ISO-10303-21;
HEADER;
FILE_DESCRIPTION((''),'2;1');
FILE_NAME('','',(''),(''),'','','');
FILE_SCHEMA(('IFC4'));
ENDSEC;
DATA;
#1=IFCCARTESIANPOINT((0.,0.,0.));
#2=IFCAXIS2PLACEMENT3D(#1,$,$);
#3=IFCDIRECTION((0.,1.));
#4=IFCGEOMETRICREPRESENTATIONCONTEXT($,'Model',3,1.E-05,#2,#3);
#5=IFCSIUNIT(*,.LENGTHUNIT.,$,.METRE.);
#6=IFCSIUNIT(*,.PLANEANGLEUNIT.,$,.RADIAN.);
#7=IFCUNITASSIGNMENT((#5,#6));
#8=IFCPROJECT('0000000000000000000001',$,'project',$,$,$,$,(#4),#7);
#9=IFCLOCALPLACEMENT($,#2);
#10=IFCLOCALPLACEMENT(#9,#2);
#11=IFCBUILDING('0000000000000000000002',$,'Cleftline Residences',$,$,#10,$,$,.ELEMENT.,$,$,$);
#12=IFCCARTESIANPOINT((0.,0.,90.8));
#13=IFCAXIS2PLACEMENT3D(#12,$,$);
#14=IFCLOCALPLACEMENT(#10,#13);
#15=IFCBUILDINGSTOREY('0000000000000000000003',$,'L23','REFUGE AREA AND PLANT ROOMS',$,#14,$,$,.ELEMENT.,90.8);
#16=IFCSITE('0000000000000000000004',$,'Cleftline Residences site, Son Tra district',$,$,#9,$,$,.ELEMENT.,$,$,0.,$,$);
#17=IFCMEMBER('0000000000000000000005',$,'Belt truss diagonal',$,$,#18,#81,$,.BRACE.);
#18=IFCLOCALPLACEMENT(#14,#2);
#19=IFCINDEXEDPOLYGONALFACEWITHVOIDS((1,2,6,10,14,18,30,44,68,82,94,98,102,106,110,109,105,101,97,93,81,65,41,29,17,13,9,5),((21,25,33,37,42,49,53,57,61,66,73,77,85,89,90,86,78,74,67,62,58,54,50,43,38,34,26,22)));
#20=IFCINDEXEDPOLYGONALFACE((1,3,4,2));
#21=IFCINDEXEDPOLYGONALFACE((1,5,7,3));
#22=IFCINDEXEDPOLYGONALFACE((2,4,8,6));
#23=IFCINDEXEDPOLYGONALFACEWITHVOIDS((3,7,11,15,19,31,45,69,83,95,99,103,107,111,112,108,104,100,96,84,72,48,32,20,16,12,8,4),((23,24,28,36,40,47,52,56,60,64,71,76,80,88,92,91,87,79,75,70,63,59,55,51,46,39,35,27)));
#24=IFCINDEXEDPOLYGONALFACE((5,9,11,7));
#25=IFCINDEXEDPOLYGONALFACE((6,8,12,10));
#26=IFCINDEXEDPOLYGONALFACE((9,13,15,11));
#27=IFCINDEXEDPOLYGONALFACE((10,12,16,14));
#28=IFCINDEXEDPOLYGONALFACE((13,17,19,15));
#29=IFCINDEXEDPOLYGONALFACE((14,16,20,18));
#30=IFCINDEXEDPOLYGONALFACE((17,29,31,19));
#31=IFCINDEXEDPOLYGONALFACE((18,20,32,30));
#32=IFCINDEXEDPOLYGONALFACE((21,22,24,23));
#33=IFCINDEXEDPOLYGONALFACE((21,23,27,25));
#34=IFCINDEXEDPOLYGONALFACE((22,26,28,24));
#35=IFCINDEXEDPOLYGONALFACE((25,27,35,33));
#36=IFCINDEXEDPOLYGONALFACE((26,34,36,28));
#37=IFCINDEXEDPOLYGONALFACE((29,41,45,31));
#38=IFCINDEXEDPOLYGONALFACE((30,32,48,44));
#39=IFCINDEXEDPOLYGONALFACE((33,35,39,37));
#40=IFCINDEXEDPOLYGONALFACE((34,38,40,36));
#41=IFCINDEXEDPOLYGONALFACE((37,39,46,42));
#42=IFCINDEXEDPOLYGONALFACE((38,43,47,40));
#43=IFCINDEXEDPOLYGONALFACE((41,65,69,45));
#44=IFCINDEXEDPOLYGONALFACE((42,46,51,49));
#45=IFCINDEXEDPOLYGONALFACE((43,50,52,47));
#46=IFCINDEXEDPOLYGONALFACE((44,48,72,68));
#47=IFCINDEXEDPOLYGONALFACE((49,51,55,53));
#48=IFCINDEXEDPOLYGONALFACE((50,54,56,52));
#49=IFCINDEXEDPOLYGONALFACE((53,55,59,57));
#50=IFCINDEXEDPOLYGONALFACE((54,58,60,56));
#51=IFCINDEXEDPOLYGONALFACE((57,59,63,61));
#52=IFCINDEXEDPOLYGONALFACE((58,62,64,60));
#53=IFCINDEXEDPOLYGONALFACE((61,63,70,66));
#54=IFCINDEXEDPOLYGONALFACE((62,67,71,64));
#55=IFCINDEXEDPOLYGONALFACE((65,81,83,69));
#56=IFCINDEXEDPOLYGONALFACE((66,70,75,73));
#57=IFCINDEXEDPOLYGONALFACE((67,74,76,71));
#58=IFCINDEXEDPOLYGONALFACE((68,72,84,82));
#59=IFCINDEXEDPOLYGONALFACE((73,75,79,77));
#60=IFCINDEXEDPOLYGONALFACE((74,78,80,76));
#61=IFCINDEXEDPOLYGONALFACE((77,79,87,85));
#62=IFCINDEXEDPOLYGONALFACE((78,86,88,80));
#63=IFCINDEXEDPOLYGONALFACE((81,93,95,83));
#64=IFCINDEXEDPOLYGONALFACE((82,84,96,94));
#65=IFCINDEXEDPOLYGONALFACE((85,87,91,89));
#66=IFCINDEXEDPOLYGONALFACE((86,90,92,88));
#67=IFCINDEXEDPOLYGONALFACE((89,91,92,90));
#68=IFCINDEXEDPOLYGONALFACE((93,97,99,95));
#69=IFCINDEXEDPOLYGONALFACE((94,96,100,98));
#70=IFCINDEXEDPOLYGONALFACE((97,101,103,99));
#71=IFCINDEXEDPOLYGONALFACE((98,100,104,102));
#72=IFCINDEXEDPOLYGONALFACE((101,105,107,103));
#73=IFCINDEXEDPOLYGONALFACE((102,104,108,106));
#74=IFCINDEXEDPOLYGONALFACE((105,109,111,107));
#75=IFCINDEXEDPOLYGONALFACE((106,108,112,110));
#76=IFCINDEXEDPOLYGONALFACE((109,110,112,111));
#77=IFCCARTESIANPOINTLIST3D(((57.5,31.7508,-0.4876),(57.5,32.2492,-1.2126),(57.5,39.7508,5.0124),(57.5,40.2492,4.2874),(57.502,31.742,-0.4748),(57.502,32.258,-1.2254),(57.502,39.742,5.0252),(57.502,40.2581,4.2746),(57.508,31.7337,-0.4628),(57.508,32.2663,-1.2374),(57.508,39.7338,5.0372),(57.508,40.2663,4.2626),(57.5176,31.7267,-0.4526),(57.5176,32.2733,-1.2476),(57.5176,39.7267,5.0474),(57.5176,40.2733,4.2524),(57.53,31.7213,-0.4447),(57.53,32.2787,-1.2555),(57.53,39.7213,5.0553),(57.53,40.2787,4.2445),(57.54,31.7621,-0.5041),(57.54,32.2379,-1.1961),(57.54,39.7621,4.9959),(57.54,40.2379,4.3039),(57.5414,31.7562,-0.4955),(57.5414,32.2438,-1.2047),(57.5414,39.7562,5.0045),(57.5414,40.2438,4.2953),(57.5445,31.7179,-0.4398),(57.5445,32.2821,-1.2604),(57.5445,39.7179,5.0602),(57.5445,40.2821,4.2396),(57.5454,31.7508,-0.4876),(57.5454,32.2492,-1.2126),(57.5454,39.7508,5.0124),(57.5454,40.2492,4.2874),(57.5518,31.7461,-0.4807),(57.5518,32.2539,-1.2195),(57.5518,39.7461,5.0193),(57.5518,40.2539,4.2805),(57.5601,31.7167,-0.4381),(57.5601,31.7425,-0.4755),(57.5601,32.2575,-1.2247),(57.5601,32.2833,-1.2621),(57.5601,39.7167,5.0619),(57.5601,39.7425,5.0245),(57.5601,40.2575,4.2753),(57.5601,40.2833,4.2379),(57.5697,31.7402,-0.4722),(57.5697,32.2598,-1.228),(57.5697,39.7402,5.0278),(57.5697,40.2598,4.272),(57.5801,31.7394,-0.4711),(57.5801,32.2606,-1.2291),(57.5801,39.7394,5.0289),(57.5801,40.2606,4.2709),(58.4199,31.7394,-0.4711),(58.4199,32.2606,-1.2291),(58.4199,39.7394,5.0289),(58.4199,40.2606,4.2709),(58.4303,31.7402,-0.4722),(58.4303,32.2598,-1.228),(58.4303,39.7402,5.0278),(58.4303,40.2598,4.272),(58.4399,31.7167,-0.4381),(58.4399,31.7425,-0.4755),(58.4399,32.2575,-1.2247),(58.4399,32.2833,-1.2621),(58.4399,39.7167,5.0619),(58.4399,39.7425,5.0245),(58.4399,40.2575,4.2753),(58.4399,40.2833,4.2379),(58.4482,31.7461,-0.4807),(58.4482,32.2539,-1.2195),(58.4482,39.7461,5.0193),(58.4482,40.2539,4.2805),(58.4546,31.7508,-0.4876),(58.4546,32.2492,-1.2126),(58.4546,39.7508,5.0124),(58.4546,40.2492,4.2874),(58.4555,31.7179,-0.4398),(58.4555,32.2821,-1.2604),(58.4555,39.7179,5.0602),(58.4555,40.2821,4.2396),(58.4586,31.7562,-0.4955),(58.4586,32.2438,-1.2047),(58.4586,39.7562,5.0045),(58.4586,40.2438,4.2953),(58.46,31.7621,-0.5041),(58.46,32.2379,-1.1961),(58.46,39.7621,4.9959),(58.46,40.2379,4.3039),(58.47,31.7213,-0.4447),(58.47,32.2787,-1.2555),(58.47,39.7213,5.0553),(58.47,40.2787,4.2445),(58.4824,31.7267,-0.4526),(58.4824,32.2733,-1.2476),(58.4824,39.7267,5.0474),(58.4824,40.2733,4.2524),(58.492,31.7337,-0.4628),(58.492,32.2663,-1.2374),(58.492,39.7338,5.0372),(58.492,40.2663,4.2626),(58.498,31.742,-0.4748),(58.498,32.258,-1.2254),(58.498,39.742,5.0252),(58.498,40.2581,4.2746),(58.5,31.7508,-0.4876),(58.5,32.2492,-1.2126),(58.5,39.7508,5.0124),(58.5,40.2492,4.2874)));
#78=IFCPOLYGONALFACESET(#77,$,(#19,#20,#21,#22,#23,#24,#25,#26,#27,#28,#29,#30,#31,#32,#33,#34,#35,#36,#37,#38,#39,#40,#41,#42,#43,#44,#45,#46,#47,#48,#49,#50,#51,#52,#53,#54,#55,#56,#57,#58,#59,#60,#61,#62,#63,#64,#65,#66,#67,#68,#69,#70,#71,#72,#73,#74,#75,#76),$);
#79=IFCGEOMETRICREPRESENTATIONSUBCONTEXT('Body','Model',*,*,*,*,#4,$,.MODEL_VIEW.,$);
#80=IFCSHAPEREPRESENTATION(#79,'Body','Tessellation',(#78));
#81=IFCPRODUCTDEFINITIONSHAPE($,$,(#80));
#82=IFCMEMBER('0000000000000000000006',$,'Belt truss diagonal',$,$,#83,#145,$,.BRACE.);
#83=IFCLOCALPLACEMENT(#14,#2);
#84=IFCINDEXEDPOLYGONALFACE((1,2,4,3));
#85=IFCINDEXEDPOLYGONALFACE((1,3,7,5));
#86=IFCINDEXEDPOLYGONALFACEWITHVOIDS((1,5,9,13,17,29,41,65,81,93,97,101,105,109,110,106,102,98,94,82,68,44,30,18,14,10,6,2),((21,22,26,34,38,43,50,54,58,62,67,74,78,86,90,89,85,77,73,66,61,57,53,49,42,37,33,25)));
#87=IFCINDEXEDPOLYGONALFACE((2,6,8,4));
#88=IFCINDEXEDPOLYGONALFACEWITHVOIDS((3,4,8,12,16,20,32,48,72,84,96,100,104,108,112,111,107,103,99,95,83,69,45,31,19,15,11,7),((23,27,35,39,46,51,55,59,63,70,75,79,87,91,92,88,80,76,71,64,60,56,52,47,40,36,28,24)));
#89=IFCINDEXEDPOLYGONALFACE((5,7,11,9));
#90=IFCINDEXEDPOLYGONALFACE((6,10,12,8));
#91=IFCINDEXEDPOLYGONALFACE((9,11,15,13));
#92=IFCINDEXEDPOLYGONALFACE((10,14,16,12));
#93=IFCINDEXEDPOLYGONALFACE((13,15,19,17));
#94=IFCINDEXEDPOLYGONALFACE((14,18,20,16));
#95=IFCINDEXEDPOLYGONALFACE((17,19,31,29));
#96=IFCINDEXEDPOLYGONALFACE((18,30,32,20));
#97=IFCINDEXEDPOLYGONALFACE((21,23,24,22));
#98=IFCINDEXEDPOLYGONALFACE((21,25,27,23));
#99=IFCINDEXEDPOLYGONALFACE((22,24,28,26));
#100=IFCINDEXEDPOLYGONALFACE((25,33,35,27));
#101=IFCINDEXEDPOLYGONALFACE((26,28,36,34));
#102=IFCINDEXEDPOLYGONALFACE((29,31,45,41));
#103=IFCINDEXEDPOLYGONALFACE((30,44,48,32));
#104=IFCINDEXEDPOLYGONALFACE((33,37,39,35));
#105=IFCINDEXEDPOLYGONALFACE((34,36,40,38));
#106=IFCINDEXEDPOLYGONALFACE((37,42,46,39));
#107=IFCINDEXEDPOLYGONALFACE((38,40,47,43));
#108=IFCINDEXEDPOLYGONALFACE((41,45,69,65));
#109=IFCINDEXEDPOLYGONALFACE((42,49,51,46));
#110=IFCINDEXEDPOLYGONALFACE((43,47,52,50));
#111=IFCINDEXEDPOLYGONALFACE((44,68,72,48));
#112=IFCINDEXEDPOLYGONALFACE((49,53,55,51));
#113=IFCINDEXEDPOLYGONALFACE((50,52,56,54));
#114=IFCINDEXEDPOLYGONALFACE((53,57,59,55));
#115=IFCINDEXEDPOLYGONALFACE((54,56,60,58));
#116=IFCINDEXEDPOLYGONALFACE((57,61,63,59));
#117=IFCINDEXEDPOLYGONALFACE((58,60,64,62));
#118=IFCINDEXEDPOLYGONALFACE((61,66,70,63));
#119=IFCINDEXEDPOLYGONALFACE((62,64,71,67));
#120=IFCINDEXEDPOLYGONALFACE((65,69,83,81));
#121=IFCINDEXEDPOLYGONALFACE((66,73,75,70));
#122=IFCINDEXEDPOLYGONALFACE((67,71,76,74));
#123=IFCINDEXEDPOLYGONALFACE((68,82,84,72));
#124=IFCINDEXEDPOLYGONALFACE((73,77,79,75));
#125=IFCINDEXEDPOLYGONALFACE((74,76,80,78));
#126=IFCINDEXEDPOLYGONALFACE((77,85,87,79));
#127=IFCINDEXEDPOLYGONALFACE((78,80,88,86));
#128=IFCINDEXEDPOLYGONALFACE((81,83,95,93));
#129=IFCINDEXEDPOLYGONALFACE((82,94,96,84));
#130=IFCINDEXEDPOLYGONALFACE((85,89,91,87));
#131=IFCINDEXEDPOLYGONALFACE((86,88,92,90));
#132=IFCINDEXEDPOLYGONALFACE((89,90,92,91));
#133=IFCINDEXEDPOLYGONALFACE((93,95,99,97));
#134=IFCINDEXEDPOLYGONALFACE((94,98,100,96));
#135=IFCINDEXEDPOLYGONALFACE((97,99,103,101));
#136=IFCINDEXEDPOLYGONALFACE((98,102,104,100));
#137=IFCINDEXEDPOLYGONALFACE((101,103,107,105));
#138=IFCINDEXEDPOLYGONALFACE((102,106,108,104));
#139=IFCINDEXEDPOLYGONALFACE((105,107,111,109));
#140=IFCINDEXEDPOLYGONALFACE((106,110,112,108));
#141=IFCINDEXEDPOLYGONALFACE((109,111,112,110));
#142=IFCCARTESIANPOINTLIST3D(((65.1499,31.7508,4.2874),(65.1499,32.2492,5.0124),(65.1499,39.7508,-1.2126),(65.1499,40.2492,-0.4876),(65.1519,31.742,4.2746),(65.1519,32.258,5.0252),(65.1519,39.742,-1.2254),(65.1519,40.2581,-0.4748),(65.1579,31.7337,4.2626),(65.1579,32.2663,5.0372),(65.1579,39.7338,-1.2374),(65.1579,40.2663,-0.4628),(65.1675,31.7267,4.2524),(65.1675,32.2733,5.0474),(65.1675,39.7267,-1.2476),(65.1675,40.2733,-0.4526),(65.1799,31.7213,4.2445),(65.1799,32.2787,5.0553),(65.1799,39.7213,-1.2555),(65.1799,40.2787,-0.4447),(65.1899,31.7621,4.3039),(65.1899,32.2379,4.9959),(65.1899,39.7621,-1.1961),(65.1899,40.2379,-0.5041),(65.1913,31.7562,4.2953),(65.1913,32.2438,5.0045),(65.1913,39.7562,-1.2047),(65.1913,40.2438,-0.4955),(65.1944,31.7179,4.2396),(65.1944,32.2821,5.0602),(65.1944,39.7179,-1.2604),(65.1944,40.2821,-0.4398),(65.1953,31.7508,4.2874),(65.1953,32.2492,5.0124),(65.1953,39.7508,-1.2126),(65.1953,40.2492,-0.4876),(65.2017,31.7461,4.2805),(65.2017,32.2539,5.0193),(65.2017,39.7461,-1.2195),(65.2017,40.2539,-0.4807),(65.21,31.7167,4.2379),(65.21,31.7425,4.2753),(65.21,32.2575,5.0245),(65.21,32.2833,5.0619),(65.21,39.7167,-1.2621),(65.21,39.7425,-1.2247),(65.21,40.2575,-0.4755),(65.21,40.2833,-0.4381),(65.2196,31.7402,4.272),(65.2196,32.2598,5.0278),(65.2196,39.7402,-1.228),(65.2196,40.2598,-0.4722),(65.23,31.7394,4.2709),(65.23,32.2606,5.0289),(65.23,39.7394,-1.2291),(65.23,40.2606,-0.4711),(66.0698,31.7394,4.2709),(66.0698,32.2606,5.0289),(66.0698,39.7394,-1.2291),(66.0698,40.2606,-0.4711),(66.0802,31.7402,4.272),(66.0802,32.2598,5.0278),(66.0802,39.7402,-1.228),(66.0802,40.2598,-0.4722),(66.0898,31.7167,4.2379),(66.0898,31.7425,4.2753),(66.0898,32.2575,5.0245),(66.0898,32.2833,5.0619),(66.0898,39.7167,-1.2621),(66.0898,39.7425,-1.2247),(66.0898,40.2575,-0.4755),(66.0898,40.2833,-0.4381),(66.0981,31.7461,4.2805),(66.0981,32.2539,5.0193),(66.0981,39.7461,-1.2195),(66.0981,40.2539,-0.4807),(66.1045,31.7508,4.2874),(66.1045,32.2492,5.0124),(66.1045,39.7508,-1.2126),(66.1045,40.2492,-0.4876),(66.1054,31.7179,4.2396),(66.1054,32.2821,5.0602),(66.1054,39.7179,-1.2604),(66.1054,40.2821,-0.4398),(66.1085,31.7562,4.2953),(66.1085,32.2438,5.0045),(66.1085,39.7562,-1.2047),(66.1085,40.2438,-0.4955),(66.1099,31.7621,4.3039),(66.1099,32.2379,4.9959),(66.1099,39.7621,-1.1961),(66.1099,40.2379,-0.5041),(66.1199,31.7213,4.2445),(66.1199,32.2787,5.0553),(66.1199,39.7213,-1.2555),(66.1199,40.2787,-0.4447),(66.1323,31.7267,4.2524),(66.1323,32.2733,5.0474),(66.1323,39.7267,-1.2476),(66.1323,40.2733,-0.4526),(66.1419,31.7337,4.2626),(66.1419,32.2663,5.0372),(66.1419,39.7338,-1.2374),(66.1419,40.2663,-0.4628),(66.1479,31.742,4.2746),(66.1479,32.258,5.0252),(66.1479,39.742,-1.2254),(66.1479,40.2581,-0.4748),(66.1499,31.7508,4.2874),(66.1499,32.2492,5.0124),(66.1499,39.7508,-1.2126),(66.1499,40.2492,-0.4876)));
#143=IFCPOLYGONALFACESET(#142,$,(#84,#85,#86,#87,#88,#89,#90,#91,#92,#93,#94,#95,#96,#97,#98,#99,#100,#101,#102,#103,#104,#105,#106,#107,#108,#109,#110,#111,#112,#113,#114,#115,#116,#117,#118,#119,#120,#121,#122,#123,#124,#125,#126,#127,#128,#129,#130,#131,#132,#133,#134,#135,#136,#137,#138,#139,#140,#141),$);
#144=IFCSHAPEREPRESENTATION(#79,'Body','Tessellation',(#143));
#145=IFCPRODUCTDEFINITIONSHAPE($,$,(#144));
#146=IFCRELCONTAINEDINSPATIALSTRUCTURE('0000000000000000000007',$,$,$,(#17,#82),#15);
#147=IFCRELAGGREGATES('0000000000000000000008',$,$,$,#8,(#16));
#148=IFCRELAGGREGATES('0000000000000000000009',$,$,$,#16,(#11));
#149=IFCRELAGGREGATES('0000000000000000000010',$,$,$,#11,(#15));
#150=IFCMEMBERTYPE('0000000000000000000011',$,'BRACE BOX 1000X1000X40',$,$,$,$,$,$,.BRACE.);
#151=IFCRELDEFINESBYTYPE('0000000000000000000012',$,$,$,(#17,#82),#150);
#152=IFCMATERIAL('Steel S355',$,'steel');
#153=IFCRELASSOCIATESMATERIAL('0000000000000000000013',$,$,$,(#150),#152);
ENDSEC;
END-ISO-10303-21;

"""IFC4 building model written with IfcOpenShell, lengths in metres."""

from ifc_helpers import new_model, si_unit, direction, frame, origin, origin_2d, place, context, subcontext, project, spatial, hollow_rectangle, extrude, material, material_profile, profile_set, type_object, element, save


model = new_model("IFC4")

# Units and contexts
model_context = context("Model", 3, precision=1e-05, world=origin(), true_north=direction((0.0, 1.0)))
body_context = subcontext(model_context, "Body", "Model", "MODEL_VIEW")
ifc_project = project(units=[si_unit("LENGTHUNIT", "METRE"), si_unit("PLANEANGLEUNIT", "RADIAN")], contexts=[model_context])

# Site, building, storey
site_placement = place(None, origin())
site = spatial("IfcSite", under=ifc_project, at=site_placement, Name="Cleftline Residences site, Son Tra district", CompositionType="ELEMENT", RefElevation=0.0)
building_placement = place(site_placement, origin())
building = spatial("IfcBuilding", under=site, at=building_placement, Name="Cleftline Residences", CompositionType="ELEMENT")
storey_placement = place(building_placement, frame((0.0, 0.0, 90.8)))
storey = spatial("IfcBuildingStorey", under=building, at=storey_placement, Name="L23", Description="REFUGE AREA AND PLANT ROOMS", CompositionType="ELEMENT", Elevation=90.8)

# Members
ifc_material_1 = material(Name="Steel S355", Category="steel")
ifc_material_profile_1 = material_profile(ifc_material_1, hollow_rectangle(XDim=1.0, YDim=1.0, WallThickness=0.04, InnerFilletRadius=0.04, OuterFilletRadius=0.0601, at=origin_2d()))
ifc_profile_set_1 = profile_set([ifc_material_profile_1], Name="Steel S355")
member_type_1 = type_object("IfcMemberType", Name="BRACE BOX 1000X1000X40", PredefinedType="BRACE", material=ifc_profile_set_1)
for number, where, z_axis, x_axis, name in (
    (1, (58.0, 32.0, -0.8501), (0.0, 0.824042, 0.566529), (0.0, -0.566529, 0.824042), "Belt truss diagonal"),
    (2, (65.6499, 32.0, 4.6499), (0.0, 0.824042, -0.566529), (0.0, 0.566529, 0.824042), "Belt truss diagonal"),
):
    element("IfcMember", number, at=place(storey_placement, frame(where, z_axis=z_axis, x_axis=x_axis)), inside=storey, type_object=member_type_1, Name=name, PredefinedType="BRACE", context=body_context, shape_type="SweptSolid", body=[
        extrude(hollow_rectangle(XDim=1.0, YDim=1.0, WallThickness=0.04, InnerFilletRadius=0.04, OuterFilletRadius=0.0601, at=origin_2d()), origin(), (0.0, 0.0, 1.0), 9.7083),
    ])

save(model, "model.ifc")
